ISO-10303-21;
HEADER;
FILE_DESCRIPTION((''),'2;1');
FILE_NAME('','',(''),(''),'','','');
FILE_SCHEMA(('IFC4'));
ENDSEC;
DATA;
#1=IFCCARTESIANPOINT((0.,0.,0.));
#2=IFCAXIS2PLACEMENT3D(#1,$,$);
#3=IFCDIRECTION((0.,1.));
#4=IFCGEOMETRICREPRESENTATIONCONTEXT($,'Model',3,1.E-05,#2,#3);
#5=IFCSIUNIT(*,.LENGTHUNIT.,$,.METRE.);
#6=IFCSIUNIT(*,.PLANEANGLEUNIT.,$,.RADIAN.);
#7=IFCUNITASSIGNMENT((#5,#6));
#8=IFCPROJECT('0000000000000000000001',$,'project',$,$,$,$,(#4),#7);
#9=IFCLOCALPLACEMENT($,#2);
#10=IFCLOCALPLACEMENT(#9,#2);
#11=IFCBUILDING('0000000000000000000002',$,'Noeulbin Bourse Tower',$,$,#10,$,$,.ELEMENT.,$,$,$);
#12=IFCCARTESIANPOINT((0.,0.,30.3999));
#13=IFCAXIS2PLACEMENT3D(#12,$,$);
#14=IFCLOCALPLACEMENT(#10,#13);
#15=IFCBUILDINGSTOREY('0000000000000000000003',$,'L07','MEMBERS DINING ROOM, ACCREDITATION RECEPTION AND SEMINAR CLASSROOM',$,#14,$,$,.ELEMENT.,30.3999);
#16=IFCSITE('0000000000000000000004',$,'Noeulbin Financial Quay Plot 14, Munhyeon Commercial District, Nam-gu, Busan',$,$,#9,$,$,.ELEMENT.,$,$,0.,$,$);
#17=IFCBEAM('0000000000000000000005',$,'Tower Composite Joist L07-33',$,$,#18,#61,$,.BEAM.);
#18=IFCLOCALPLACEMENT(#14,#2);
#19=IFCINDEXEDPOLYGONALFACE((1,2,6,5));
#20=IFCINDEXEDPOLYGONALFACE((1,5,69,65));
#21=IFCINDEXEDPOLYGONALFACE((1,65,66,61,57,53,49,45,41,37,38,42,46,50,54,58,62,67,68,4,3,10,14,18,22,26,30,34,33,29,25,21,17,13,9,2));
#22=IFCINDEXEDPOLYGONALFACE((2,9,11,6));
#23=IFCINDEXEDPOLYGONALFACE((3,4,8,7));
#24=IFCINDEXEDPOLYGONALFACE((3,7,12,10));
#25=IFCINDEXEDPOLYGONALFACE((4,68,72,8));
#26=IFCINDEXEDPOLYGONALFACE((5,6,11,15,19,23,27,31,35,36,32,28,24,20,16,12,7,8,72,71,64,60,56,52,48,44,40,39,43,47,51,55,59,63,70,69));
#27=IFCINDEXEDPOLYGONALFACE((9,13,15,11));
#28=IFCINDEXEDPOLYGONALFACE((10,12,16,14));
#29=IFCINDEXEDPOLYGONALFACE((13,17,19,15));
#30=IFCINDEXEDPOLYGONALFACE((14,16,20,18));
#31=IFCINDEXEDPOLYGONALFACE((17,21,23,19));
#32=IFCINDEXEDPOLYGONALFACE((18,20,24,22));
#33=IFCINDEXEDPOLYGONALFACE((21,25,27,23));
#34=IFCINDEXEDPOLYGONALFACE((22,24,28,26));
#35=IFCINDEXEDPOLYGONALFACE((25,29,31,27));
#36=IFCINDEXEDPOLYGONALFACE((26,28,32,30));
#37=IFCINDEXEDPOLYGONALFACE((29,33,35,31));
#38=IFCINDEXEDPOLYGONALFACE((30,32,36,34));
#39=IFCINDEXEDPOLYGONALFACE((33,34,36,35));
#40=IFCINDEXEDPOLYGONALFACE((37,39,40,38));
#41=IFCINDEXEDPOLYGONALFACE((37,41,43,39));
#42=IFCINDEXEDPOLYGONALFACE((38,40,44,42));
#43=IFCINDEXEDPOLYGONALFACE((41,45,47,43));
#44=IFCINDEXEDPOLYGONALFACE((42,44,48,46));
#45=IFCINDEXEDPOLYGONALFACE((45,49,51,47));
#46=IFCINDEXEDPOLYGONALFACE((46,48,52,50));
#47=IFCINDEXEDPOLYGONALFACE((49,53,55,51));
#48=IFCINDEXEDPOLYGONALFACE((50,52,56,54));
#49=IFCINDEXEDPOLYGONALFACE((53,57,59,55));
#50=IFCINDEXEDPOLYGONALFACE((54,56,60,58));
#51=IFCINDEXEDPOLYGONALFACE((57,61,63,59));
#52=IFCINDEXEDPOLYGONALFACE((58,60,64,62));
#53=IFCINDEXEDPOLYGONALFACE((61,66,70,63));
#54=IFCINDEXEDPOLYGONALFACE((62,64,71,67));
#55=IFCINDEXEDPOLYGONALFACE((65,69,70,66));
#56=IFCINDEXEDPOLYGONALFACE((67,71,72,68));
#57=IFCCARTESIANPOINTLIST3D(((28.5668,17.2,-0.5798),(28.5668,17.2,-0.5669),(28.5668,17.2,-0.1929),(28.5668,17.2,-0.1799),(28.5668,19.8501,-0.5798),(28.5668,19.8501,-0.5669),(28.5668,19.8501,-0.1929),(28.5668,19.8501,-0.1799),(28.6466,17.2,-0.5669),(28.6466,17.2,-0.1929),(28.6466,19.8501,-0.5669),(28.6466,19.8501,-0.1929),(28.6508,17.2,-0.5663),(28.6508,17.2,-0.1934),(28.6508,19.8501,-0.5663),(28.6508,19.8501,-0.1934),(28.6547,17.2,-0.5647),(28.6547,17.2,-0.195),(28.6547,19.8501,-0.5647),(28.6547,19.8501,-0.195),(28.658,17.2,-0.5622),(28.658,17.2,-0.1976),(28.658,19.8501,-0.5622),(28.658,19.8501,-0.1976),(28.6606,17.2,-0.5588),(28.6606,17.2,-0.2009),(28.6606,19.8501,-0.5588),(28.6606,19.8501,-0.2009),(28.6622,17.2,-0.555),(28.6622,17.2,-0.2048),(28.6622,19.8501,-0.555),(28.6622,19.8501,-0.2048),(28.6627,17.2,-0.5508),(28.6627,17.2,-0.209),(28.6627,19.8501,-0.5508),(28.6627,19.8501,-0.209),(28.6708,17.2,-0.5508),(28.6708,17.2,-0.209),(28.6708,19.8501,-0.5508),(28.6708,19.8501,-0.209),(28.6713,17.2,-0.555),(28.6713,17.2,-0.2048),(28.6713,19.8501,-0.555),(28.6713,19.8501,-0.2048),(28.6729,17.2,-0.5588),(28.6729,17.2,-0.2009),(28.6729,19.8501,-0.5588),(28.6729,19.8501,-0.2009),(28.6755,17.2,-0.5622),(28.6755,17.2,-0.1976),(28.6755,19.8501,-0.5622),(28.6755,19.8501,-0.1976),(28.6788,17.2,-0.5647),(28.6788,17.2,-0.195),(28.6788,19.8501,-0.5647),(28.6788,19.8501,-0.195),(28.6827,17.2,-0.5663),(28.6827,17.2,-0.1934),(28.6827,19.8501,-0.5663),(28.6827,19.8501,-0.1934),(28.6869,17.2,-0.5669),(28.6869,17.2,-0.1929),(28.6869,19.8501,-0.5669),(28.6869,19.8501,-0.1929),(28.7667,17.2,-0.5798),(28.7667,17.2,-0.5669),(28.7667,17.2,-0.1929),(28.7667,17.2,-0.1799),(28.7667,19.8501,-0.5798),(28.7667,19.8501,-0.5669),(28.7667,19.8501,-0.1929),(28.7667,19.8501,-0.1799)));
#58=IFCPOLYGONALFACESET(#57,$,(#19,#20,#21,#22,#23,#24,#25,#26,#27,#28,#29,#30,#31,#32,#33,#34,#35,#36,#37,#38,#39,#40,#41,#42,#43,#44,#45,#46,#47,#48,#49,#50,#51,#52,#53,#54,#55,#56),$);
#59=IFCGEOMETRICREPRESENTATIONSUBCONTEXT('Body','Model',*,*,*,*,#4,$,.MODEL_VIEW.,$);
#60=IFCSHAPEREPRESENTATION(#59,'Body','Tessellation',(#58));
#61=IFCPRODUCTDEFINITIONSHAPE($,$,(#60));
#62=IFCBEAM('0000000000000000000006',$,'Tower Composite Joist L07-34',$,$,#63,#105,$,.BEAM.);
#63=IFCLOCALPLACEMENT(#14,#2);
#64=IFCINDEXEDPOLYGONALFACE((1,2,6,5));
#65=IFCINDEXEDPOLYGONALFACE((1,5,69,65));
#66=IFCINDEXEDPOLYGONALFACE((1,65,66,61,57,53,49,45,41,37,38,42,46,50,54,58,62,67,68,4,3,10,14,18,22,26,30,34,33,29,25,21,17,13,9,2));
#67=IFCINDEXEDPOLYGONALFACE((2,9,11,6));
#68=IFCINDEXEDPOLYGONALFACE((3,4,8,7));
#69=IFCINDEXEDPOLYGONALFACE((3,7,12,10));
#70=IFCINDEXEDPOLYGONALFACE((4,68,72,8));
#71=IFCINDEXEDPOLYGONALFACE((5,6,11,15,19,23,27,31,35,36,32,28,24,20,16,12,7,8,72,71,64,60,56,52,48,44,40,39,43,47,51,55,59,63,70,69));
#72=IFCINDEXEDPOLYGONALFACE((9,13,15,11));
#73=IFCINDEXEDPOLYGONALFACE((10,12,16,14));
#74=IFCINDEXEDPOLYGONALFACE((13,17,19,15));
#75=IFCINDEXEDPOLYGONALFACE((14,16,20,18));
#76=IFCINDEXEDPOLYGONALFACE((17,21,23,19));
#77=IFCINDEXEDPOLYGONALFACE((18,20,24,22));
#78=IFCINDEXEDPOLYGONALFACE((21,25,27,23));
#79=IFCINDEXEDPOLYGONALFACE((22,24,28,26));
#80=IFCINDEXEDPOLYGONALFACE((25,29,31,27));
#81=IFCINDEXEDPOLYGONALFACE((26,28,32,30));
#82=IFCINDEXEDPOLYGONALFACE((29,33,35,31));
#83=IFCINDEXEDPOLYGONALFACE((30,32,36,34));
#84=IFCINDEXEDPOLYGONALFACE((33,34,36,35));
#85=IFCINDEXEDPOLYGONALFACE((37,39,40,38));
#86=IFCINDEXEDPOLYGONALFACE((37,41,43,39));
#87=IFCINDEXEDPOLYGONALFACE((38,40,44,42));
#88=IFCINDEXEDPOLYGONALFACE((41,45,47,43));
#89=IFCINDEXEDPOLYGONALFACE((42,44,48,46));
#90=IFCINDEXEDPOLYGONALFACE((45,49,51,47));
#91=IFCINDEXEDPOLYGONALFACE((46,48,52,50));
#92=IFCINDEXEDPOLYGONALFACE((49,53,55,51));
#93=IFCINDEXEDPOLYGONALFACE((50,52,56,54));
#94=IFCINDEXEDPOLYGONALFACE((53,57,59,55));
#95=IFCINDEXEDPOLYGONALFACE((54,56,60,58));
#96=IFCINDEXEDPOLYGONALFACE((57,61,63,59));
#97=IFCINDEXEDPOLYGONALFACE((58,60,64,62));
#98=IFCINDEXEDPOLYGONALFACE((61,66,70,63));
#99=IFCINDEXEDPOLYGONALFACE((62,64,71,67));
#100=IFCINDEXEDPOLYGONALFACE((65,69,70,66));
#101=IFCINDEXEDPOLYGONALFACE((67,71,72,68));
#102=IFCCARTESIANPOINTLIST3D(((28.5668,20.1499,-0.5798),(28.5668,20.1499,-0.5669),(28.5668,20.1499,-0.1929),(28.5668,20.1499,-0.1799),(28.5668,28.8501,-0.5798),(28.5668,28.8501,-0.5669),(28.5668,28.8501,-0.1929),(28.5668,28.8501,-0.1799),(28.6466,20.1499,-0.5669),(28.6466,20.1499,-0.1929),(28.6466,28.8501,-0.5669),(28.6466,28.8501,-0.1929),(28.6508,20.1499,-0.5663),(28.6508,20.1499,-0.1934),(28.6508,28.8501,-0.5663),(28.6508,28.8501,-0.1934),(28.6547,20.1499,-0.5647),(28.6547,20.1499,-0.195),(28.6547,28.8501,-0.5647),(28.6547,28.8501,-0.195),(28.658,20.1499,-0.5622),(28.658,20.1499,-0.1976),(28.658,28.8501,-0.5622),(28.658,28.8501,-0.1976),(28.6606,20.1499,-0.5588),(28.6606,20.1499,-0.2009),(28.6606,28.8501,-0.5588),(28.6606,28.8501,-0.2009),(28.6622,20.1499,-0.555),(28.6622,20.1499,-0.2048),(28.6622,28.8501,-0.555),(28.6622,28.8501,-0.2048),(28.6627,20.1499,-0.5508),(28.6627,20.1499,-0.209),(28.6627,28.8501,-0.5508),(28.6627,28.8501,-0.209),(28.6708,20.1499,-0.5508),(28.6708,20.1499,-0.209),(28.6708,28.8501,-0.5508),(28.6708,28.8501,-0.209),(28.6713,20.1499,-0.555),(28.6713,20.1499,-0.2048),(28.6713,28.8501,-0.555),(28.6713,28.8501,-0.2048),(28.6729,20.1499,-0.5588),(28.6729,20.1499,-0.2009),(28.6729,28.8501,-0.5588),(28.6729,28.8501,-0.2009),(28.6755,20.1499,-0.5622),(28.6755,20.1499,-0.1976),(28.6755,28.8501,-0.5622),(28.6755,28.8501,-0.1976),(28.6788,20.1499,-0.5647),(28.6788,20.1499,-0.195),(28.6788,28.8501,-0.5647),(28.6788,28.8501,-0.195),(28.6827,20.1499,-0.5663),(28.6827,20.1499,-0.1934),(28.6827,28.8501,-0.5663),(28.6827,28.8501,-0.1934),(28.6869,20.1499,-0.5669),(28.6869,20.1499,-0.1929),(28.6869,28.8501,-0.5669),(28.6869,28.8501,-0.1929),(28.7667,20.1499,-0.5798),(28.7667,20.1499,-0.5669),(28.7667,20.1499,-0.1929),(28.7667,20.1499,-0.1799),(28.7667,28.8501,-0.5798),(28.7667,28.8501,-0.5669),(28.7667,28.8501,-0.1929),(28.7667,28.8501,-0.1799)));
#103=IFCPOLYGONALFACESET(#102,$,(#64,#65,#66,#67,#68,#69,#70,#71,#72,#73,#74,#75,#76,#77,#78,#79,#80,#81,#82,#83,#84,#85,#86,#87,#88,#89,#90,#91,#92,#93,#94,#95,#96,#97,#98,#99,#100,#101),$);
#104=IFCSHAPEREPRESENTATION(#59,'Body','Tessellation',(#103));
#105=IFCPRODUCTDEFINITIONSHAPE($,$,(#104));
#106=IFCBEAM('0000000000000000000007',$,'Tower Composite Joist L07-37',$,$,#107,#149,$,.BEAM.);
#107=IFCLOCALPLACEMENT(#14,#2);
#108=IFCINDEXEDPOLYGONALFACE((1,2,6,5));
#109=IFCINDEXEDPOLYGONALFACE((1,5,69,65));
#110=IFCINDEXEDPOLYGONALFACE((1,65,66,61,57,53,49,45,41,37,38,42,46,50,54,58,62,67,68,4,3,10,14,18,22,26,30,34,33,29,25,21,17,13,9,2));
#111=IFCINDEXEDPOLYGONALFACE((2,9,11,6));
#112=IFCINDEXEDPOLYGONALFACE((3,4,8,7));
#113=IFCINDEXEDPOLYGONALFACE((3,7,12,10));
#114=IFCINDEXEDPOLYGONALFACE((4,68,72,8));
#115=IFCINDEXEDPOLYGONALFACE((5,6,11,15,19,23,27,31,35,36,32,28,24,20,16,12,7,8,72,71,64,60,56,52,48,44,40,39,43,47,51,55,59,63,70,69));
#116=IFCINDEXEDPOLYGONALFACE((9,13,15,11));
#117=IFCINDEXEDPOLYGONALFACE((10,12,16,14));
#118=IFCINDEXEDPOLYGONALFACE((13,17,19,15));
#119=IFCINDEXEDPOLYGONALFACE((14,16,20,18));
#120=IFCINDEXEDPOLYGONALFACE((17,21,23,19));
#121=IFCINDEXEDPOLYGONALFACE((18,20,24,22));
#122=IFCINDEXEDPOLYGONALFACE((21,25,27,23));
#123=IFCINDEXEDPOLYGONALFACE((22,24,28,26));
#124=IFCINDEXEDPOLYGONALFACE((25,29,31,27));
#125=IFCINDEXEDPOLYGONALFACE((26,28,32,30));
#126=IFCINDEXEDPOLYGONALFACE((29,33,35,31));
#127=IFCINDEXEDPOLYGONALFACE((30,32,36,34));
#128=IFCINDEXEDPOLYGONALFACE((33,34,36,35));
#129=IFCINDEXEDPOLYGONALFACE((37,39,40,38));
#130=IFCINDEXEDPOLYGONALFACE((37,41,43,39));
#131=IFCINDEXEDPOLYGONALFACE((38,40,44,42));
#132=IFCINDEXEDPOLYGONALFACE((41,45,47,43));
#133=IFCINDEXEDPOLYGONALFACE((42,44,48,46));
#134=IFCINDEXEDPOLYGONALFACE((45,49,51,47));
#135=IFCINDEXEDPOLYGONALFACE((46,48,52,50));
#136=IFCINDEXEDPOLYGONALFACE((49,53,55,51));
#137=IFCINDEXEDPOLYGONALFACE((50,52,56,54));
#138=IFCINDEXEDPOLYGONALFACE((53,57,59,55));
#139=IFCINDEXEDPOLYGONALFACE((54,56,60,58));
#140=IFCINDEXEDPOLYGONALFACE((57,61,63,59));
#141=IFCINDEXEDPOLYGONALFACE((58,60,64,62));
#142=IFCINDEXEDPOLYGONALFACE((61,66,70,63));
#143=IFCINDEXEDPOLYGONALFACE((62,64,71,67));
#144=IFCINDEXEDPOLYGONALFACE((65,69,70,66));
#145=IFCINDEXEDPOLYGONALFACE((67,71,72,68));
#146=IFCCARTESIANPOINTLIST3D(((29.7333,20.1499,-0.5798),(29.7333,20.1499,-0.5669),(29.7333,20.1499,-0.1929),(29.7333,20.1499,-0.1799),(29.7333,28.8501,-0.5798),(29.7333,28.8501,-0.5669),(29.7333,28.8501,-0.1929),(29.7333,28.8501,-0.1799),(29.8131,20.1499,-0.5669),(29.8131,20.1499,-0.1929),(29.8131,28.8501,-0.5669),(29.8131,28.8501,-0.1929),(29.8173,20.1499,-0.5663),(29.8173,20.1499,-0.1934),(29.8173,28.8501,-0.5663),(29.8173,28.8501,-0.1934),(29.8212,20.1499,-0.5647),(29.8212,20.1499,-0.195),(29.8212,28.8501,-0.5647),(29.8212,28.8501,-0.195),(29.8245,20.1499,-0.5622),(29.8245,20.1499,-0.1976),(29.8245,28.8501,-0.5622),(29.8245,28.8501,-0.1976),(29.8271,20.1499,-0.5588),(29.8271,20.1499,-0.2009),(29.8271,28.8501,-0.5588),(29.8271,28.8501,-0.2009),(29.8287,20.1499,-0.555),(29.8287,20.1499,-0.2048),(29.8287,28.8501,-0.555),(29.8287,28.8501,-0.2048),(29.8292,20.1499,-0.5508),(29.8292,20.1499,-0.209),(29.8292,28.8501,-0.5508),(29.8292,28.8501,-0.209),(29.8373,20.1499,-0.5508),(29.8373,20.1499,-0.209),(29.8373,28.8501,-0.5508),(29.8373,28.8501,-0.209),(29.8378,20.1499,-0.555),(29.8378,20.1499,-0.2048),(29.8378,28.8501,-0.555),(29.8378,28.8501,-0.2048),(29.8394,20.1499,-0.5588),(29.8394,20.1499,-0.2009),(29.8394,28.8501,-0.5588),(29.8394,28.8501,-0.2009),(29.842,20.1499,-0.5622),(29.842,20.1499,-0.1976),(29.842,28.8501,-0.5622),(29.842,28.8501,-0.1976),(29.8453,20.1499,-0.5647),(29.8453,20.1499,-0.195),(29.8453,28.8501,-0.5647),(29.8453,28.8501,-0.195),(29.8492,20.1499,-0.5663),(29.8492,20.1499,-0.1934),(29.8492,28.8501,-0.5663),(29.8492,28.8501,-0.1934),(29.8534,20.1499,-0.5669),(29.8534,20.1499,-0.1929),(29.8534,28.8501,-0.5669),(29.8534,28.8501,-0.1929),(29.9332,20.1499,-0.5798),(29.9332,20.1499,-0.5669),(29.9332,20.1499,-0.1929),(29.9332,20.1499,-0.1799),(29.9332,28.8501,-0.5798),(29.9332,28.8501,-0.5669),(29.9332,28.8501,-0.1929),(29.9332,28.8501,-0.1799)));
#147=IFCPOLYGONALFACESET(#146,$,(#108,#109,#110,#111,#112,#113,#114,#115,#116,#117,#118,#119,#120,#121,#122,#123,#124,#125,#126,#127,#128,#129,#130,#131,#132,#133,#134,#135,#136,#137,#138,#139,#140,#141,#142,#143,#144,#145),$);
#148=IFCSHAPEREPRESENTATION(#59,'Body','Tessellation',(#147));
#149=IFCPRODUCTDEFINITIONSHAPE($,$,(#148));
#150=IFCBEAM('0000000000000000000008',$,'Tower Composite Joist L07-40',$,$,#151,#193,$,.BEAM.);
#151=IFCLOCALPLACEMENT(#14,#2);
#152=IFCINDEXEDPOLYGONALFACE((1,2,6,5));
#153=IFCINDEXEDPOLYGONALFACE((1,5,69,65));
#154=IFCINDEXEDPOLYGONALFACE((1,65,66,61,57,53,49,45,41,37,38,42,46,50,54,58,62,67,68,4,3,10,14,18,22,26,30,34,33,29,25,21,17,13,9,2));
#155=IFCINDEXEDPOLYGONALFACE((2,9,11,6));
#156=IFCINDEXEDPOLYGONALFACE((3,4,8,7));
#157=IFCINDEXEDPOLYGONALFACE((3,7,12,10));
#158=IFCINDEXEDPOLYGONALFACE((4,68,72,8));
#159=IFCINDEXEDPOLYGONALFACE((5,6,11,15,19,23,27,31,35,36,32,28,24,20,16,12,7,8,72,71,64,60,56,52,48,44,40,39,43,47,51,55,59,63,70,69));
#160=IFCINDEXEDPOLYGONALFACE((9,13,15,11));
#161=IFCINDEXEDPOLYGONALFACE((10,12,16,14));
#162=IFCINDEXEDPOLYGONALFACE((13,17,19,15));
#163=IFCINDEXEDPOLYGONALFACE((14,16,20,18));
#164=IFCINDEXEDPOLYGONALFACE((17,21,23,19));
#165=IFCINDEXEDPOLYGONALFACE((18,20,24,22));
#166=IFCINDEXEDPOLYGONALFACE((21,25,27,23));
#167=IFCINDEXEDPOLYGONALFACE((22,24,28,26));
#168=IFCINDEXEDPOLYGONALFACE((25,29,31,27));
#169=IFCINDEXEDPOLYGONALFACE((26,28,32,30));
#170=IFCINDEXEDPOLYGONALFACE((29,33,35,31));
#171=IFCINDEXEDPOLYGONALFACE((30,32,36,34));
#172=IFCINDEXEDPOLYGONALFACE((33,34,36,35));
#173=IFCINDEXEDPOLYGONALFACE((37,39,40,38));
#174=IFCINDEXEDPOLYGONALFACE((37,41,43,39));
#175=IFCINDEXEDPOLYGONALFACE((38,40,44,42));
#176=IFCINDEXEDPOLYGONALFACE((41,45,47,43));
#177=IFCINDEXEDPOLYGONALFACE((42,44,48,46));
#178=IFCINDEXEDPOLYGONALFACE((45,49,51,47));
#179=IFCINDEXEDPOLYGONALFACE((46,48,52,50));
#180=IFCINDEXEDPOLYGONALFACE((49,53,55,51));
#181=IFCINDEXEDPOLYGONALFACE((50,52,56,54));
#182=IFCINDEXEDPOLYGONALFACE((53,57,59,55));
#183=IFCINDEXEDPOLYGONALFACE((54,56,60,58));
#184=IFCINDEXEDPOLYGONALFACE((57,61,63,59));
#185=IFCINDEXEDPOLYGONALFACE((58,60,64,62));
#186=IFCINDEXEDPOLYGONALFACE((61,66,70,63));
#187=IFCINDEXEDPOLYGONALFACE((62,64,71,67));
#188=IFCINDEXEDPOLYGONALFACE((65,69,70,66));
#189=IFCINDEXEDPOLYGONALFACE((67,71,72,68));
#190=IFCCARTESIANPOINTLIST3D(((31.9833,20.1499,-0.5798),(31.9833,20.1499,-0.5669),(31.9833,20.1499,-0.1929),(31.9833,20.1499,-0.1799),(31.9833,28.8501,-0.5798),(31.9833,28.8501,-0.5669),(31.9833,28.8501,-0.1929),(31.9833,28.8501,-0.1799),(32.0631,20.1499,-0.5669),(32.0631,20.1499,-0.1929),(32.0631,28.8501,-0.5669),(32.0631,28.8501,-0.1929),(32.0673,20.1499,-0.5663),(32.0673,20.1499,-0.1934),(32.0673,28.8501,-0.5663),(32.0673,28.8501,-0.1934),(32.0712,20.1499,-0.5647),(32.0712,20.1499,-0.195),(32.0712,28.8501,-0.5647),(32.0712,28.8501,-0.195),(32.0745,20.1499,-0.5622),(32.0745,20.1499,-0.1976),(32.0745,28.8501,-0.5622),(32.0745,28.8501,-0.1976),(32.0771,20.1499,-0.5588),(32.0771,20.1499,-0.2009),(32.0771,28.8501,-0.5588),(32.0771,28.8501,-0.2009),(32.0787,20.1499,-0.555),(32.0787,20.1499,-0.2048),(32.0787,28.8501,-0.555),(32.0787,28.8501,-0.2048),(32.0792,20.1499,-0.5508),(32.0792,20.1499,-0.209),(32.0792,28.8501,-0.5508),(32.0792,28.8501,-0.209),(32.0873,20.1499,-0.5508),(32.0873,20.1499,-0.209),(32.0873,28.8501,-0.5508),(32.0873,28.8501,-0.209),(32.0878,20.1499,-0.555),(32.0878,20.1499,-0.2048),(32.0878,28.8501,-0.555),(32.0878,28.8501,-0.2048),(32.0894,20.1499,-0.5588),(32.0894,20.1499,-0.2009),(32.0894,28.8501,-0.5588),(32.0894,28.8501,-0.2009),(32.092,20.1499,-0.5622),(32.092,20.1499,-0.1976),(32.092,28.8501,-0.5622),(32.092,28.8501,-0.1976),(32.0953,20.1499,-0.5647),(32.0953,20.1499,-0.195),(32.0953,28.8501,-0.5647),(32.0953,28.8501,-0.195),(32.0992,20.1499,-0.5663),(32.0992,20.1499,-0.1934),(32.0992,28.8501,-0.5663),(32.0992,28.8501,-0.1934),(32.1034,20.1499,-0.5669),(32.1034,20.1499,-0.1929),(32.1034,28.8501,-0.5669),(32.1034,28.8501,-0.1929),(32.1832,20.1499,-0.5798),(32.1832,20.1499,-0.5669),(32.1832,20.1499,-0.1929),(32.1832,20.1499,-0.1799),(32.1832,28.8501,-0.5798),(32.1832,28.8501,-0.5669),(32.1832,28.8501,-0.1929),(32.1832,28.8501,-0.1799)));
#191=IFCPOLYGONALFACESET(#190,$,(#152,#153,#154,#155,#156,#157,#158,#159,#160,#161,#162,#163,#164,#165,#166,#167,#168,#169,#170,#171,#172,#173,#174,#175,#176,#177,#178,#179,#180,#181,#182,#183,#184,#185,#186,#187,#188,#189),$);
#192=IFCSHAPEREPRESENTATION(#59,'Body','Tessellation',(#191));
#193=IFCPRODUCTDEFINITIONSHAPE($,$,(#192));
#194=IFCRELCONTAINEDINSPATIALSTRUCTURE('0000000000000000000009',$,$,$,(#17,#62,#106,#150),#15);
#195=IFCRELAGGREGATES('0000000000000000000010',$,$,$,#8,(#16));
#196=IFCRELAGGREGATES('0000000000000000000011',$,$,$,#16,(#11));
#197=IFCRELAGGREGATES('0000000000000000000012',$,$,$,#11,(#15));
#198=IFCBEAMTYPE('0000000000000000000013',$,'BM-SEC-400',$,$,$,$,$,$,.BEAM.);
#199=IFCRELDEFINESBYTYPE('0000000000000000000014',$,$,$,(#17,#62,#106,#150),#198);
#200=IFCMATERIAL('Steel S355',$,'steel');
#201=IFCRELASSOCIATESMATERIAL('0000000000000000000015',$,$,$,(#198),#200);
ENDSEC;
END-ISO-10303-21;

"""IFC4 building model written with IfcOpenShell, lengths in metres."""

from ifc_helpers import new_model, si_unit, direction, frame, origin, origin_2d, place, context, subcontext, project, spatial, i_section, extrude, material, material_profile, profile_set, type_object, element, save


model = new_model("IFC4")

# Units and contexts
model_context = context("Model", 3, precision=1e-05, world=origin(), true_north=direction((0.0, 1.0)))
body_context = subcontext(model_context, "Body", "Model", "MODEL_VIEW")
ifc_project = project(units=[si_unit("LENGTHUNIT", "METRE"), si_unit("PLANEANGLEUNIT", "RADIAN")], contexts=[model_context])

# Site, building, storey
site_placement = place(None, origin())
site = spatial("IfcSite", under=ifc_project, at=site_placement, Name="Noeulbin Financial Quay Plot 14, Munhyeon Commercial District, Nam-gu, Busan", CompositionType="ELEMENT", RefElevation=0.0)
building_placement = place(site_placement, origin())
building = spatial("IfcBuilding", under=site, at=building_placement, Name="Noeulbin Bourse Tower", CompositionType="ELEMENT")
storey_placement = place(building_placement, frame((0.0, 0.0, 30.3999)))
storey = spatial("IfcBuildingStorey", under=building, at=storey_placement, Name="L07", Description="MEMBERS DINING ROOM, ACCREDITATION RECEPTION AND SEMINAR CLASSROOM", CompositionType="ELEMENT", Elevation=30.3999)

# Beams
ifc_material_1 = material(Name="Steel S355", Category="steel")
ifc_material_profile_1 = material_profile(ifc_material_1, i_section(OverallWidth=0.2, OverallDepth=0.3999, WebThickness=0.0081, FlangeThickness=0.0129, FilletRadius=0.0161, at=origin_2d()), Name="H-400x200x8x13", Category="LoadBearing")
ifc_profile_set_1 = profile_set([ifc_material_profile_1], Name="Steel S355")
beam_type_1 = type_object("IfcBeamType", Name="BM-SEC-400", PredefinedType="BEAM", material=ifc_profile_set_1)
beam_1_placement = place(storey_placement, frame((28.6667, 17.2, -0.3799), z_axis=(0.0, 1.0, 0.0), x_axis=(-1.0, 0.0, 0.0)))
element("IfcBeam", 1, at=beam_1_placement, inside=storey, type_object=beam_type_1, Name="Tower Composite Joist L07-33", PredefinedType="BEAM", context=body_context, shape_type="SweptSolid", body=[
    extrude(i_section(OverallWidth=0.2, OverallDepth=0.3999, WebThickness=0.0081, FlangeThickness=0.0129, FilletRadius=0.0161, at=origin_2d()), origin(), (0.0, 0.0, 1.0), 2.6501),
])
for number, where, z_axis, x_axis, name in (
    (2, (28.6667, 20.1499, -0.3799), (0.0, 1.0, 0.0), (-1.0, 0.0, 0.0), "Tower Composite Joist L07-34"),
    (3, (29.8333, 20.1499, -0.3799), (0.0, 1.0, 0.0), (-1.0, 0.0, 0.0), "Tower Composite Joist L07-37"),
    (4, (32.0833, 20.1499, -0.3799), (0.0, 1.0, 0.0), (-1.0, 0.0, 0.0), "Tower Composite Joist L07-40"),
):
    element("IfcBeam", number, at=place(storey_placement, frame(where, z_axis=z_axis, x_axis=x_axis)), inside=storey, type_object=beam_type_1, Name=name, PredefinedType="BEAM", context=body_context, shape_type="SweptSolid", body=[
        extrude(i_section(OverallWidth=0.2, OverallDepth=0.3999, WebThickness=0.0081, FlangeThickness=0.0129, FilletRadius=0.0161, at=origin_2d()), origin(), (0.0, 0.0, 1.0), 8.7002),
    ])

save(model, "model.ifc")
